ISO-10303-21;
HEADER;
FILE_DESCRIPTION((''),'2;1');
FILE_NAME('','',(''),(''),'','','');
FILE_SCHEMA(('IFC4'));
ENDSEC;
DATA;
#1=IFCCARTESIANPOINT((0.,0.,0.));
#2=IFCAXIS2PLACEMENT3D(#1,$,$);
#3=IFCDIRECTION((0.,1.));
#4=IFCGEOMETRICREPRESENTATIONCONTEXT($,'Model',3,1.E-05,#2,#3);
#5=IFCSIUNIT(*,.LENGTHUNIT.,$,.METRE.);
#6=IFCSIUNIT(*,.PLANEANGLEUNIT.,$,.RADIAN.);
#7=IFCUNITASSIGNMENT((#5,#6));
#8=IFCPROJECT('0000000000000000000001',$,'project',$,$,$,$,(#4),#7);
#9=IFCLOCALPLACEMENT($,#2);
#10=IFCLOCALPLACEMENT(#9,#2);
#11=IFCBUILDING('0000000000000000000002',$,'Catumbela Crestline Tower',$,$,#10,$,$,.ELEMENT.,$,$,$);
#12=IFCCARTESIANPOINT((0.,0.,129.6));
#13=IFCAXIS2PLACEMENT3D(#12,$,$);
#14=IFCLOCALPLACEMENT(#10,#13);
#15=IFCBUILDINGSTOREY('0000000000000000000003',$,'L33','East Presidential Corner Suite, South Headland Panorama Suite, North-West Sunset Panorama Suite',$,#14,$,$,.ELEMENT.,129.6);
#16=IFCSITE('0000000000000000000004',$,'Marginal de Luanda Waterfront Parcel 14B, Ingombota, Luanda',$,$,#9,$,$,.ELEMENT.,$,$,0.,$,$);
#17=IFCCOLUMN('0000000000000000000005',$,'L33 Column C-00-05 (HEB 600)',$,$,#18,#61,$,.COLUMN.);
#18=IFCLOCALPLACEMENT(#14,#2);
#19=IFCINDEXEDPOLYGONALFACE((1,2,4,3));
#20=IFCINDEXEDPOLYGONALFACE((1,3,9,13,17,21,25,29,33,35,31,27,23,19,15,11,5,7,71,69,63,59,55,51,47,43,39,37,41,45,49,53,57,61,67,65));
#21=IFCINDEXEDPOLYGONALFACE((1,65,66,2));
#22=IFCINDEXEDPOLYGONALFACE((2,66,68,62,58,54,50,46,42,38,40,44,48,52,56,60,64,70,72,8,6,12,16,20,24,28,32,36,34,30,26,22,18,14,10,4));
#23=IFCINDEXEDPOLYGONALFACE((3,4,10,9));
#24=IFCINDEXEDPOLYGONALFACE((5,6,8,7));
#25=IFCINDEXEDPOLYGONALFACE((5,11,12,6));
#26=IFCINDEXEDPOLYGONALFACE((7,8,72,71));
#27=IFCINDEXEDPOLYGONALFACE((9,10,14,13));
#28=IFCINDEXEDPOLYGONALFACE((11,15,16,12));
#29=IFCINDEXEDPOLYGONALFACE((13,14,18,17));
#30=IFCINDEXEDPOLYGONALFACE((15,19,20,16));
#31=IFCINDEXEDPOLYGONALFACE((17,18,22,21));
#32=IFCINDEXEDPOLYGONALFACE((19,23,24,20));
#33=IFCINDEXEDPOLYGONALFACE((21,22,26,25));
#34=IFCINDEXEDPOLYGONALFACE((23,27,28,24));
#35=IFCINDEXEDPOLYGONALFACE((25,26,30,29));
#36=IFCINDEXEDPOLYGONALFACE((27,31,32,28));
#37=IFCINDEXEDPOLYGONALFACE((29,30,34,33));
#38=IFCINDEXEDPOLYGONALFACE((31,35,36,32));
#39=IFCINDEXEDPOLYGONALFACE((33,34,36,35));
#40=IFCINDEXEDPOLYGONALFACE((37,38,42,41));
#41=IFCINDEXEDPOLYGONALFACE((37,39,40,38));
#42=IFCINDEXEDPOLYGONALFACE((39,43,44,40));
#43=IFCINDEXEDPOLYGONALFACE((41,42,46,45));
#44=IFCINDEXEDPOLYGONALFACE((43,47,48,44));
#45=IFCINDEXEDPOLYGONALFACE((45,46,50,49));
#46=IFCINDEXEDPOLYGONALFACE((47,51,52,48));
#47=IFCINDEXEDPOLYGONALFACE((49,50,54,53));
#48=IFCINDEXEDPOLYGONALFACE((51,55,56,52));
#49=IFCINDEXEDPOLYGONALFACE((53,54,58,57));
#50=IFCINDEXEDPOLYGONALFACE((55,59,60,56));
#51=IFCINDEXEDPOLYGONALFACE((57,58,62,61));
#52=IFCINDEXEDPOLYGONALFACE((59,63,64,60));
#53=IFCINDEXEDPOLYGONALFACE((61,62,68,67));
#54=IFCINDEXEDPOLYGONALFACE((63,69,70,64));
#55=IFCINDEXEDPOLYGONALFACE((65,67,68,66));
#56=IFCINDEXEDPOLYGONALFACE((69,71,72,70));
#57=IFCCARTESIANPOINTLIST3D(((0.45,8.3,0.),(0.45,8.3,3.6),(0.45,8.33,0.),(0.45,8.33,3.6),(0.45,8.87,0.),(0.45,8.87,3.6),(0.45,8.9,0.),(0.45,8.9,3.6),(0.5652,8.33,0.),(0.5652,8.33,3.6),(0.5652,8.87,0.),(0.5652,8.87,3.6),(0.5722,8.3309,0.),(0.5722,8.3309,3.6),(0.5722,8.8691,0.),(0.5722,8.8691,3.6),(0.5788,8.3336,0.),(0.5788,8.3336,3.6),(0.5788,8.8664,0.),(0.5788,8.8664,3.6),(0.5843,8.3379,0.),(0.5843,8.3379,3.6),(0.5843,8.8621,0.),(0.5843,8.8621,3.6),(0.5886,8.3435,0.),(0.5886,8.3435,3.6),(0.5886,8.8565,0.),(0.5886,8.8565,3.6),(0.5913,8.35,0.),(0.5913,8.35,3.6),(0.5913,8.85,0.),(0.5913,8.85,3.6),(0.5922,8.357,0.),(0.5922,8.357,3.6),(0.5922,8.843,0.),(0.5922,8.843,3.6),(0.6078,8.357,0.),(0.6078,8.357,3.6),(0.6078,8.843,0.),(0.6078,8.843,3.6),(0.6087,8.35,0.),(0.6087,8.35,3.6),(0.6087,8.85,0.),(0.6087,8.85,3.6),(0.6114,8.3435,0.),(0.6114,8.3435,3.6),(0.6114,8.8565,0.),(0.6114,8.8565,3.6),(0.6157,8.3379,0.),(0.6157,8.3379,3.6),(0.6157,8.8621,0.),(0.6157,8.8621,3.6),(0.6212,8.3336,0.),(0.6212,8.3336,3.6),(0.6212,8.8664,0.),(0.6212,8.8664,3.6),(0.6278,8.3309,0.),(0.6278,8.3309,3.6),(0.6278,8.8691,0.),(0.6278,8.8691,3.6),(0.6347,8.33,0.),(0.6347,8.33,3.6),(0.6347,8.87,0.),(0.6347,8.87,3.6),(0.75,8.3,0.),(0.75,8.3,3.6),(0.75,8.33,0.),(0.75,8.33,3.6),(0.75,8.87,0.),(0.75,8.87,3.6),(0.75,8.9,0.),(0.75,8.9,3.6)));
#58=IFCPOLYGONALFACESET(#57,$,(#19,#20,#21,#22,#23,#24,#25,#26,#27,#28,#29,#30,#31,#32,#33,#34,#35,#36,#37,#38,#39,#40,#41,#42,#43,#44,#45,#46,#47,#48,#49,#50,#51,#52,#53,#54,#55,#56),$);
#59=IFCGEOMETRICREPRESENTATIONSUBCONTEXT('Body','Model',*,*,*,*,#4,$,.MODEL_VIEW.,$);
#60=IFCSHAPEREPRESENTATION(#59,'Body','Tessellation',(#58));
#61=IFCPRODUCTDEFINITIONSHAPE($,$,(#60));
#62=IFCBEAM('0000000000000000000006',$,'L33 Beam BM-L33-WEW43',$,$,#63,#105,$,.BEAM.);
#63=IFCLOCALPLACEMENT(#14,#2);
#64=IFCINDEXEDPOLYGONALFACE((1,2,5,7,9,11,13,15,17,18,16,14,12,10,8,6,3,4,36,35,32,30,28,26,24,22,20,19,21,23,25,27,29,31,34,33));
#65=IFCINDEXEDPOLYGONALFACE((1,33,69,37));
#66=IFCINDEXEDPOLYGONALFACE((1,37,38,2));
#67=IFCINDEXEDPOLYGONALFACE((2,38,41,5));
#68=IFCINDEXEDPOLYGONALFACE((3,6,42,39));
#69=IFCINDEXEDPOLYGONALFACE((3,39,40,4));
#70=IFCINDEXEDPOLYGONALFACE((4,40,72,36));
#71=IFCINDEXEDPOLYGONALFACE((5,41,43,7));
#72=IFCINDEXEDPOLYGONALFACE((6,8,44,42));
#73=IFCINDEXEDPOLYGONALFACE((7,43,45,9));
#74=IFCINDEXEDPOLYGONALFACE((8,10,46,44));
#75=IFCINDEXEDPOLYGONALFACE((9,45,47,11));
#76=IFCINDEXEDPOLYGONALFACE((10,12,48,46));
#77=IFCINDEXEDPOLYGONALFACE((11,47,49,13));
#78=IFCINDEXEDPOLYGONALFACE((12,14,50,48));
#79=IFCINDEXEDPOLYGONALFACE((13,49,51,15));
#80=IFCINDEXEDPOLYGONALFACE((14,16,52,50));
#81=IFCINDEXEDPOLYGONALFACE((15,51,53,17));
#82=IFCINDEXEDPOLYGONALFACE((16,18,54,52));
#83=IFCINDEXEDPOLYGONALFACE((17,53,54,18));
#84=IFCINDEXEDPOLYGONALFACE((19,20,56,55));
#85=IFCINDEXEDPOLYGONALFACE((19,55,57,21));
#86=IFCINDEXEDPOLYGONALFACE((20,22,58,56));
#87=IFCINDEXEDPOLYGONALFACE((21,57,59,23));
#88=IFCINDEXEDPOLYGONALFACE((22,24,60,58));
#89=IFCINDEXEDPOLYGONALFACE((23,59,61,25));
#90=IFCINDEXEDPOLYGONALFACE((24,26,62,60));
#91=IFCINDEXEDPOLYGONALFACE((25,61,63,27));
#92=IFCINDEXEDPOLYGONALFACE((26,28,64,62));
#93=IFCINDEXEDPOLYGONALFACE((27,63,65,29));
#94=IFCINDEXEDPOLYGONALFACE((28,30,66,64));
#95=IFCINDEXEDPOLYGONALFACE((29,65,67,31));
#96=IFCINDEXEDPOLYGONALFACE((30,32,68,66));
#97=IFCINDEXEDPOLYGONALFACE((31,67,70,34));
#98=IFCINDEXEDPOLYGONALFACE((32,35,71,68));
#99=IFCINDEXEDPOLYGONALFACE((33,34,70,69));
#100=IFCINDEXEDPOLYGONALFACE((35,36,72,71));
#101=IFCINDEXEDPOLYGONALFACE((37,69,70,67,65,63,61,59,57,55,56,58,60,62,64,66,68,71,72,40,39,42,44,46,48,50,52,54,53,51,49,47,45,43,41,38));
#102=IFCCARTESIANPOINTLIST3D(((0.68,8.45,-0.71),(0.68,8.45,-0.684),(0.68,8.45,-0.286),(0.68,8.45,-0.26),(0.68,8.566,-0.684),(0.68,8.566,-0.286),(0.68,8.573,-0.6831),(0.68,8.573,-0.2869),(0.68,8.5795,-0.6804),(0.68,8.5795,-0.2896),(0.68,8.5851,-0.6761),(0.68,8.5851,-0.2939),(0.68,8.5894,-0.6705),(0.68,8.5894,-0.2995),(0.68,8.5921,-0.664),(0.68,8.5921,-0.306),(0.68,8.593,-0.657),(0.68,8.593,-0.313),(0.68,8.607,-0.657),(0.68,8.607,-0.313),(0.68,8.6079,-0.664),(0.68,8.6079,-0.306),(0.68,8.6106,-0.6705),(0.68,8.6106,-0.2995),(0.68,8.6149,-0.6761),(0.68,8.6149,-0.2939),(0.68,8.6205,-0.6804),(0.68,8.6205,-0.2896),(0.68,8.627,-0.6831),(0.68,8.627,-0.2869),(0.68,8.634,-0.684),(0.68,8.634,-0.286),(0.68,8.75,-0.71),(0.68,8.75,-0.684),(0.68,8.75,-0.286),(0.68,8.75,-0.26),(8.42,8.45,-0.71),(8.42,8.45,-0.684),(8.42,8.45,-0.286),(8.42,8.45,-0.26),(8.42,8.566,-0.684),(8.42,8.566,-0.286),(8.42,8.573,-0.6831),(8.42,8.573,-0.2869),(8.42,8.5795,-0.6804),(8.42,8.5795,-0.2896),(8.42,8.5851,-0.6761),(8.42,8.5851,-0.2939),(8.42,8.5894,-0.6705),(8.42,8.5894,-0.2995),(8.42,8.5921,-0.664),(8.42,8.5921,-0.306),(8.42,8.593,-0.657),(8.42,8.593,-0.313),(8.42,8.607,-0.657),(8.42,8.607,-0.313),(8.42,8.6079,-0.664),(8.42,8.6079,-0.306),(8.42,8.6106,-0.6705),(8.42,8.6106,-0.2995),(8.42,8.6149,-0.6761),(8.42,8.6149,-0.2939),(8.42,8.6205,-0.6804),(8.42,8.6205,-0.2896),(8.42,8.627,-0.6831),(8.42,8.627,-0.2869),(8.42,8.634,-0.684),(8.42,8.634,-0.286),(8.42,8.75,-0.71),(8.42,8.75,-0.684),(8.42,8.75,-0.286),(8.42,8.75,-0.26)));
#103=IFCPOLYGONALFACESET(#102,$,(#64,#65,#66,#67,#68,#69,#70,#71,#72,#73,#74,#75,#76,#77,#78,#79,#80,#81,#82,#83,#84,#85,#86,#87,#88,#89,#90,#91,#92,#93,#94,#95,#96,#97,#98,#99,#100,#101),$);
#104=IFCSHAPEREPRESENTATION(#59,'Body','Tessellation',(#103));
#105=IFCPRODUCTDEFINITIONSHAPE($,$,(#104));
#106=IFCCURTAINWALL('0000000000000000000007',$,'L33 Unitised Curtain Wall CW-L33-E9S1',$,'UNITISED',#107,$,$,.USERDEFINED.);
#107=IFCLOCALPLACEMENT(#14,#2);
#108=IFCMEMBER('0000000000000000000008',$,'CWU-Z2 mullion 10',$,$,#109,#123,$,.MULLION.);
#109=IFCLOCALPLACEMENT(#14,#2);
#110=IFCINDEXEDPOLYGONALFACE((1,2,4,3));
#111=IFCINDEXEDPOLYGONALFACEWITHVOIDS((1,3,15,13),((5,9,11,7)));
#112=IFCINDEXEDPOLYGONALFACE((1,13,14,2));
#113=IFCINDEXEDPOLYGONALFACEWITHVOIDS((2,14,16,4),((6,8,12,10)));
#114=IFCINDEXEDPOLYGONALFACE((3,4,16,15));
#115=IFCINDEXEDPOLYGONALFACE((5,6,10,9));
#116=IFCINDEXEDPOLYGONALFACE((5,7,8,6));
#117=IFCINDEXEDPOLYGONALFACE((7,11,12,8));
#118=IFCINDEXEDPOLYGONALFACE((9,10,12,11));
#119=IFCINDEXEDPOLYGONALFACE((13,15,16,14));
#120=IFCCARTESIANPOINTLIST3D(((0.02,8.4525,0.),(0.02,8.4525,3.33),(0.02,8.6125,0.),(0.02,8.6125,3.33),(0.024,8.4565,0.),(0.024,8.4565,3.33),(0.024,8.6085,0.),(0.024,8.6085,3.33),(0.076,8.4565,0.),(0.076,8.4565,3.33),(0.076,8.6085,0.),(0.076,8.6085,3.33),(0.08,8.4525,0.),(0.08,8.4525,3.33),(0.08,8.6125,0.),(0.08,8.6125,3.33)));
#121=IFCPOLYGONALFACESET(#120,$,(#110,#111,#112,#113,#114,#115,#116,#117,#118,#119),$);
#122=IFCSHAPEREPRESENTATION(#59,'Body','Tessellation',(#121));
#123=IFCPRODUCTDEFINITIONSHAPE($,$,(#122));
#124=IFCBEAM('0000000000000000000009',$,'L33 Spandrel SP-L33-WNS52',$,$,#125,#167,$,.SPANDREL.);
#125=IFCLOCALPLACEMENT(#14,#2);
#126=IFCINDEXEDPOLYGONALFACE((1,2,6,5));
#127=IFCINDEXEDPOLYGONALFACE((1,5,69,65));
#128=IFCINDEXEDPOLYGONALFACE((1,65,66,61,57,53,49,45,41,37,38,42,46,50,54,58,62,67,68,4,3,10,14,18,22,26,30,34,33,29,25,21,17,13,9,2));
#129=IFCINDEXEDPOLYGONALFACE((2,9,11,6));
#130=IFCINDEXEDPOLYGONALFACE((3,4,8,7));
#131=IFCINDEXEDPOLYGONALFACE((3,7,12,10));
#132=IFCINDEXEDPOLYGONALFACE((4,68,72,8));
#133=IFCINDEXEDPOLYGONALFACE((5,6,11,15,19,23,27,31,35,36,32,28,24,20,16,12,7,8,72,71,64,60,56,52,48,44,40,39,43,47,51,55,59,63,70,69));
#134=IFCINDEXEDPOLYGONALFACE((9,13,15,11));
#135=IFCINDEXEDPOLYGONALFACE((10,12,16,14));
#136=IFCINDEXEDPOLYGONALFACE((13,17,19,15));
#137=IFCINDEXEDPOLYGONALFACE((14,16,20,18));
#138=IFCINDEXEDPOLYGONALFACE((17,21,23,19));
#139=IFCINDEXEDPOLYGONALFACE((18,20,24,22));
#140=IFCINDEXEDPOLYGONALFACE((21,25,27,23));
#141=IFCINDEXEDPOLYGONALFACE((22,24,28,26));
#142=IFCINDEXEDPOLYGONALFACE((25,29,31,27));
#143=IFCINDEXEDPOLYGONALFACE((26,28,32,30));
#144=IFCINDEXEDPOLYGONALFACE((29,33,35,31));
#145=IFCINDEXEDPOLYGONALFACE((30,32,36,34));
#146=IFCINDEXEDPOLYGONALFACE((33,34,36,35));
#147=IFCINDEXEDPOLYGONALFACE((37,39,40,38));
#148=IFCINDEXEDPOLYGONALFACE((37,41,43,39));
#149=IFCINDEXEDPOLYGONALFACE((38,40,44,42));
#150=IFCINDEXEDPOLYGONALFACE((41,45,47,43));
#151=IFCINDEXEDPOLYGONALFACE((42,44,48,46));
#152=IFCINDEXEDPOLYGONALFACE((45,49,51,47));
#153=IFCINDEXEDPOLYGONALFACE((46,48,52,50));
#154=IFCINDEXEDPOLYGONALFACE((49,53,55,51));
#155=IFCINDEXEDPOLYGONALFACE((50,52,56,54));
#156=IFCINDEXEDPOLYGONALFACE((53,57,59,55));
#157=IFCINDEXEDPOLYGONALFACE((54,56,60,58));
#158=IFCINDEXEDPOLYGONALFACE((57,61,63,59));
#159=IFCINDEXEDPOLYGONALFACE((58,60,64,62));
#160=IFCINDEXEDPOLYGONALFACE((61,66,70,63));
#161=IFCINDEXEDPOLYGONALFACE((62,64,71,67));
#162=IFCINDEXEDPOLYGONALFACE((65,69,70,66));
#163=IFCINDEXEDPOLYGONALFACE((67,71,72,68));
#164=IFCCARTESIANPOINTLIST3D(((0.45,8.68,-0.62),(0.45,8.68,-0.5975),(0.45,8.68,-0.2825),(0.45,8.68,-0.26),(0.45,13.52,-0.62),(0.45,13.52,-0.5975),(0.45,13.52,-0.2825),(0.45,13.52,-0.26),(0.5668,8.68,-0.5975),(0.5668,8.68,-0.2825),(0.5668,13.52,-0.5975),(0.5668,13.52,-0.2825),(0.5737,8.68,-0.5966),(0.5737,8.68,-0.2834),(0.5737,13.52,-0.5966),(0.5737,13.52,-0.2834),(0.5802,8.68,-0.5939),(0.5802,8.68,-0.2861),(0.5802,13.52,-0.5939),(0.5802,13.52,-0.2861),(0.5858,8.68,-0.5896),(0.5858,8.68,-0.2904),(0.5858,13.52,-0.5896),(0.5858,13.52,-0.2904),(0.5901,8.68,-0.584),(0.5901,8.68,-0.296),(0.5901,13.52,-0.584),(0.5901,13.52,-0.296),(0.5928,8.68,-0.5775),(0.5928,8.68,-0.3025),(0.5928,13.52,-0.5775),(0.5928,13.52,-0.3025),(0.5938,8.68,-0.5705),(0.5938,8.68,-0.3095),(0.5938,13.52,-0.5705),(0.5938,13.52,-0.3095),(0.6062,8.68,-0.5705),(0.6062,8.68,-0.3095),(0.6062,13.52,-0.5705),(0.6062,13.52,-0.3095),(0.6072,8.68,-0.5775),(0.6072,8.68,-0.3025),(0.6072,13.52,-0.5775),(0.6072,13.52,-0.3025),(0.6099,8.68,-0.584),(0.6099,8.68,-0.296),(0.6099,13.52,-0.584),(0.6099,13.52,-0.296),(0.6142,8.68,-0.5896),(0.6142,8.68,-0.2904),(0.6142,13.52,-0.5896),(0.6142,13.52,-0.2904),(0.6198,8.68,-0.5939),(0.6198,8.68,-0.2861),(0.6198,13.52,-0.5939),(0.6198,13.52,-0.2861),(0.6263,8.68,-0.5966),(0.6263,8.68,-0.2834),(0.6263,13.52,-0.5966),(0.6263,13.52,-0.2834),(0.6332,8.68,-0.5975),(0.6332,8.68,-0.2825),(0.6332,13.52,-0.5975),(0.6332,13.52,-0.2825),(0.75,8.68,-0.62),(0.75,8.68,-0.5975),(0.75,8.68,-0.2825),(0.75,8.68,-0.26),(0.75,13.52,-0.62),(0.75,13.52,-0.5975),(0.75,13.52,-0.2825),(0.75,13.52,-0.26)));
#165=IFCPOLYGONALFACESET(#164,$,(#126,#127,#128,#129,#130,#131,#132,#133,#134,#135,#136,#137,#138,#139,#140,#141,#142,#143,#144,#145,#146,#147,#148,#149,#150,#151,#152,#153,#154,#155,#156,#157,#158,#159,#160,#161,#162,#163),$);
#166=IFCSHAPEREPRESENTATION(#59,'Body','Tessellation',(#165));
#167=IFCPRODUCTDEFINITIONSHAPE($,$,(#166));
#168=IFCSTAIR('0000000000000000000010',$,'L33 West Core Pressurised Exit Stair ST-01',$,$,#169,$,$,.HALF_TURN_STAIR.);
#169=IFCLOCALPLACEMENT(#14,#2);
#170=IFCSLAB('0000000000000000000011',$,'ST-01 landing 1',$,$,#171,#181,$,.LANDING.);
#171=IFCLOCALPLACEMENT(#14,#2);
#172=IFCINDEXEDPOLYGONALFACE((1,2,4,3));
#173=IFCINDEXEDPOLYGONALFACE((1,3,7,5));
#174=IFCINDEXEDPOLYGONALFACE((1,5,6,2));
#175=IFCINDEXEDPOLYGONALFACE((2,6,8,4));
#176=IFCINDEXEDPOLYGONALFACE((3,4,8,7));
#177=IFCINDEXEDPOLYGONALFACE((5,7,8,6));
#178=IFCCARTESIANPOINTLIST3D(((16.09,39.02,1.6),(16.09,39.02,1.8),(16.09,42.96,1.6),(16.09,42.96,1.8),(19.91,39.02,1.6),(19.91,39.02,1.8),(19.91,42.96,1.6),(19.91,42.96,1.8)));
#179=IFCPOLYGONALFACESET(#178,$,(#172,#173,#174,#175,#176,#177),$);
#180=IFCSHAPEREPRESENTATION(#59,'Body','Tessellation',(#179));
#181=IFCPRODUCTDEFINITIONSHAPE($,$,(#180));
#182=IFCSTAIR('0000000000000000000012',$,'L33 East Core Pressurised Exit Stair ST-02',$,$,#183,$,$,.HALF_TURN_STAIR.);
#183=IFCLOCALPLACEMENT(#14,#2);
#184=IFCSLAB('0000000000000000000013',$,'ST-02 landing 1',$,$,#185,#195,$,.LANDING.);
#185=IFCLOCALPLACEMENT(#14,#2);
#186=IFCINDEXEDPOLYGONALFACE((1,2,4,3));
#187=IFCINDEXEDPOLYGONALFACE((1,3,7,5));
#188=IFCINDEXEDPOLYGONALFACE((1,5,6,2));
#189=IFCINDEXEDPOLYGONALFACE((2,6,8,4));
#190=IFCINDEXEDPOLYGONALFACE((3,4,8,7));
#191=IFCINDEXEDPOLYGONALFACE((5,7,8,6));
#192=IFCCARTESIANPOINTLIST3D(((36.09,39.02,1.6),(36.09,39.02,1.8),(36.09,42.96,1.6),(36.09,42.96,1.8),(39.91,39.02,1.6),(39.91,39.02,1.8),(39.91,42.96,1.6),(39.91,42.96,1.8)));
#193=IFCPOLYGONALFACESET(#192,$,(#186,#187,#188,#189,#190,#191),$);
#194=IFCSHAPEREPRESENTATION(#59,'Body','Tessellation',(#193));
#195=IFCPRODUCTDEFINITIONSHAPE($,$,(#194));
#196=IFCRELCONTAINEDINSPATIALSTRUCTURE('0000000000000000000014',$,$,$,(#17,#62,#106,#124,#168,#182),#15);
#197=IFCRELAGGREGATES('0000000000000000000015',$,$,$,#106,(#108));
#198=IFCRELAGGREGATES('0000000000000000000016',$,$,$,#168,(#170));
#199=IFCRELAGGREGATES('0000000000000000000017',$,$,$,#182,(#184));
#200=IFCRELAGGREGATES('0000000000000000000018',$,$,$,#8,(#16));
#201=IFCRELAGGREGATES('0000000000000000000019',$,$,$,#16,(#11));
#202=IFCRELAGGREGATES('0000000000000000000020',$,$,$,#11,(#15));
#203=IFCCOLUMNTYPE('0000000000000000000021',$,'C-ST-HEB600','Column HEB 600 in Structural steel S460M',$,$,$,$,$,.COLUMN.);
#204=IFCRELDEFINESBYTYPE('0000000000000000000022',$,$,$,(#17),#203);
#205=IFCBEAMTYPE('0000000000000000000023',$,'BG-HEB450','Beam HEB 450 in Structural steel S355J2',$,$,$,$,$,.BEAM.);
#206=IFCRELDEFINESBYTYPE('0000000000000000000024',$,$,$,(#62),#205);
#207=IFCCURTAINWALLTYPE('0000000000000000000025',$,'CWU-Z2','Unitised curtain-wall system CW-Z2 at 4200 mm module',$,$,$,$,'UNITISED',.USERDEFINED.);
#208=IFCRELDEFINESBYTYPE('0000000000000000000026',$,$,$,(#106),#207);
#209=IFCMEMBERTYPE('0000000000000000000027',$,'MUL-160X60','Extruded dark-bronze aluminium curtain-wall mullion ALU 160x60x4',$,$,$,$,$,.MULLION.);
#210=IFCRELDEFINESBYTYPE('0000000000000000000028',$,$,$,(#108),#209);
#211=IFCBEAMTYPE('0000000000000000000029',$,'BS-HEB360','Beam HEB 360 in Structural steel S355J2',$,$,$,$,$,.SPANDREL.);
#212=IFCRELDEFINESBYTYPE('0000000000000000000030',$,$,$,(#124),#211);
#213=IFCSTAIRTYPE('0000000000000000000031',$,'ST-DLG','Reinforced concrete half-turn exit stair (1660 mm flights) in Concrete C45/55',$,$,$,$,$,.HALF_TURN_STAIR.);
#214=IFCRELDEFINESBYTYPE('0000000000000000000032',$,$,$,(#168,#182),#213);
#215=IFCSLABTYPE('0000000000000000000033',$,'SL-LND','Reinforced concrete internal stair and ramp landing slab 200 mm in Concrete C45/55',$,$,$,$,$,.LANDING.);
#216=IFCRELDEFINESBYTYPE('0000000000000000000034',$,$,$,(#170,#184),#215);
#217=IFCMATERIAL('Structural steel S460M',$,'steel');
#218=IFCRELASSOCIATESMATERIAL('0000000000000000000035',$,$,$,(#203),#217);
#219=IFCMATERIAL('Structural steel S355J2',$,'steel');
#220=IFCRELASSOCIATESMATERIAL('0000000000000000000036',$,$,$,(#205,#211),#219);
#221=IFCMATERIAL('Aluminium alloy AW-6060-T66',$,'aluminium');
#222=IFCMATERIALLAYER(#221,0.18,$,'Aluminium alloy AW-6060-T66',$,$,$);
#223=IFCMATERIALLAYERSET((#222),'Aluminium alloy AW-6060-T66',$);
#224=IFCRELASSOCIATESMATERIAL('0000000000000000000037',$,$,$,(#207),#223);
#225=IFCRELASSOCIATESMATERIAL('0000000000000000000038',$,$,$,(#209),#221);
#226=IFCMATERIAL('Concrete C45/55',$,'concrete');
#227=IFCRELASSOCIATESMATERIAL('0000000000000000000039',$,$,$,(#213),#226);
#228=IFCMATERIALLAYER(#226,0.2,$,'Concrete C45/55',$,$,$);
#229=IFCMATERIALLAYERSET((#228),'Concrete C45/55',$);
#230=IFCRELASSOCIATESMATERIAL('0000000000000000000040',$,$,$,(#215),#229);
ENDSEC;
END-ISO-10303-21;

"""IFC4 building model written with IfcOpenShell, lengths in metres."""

from ifc_helpers import new_model, si_unit, direction, frame, origin, origin_2d, place, context, subcontext, project, spatial, polyline, hollow_rectangle, i_section, outline, extrude, material, layer, layer_set, material_profile, profile_set, type_object, element, aggregate, save


model = new_model("IFC4")

# Units and contexts
model_context = context("Model", 3, precision=1e-05, world=origin(), true_north=direction((0.0, 1.0)))
body_context = subcontext(model_context, "Body", "Model", "MODEL_VIEW")
ifc_project = project(units=[si_unit("LENGTHUNIT", "METRE"), si_unit("PLANEANGLEUNIT", "RADIAN")], contexts=[model_context])

# Site, building, storey
site_placement = place(None, origin())
site = spatial("IfcSite", under=ifc_project, at=site_placement, Name="Marginal de Luanda Waterfront Parcel 14B, Ingombota, Luanda", CompositionType="ELEMENT", RefElevation=0.0)
building_placement = place(site_placement, origin())
building = spatial("IfcBuilding", under=site, at=building_placement, Name="Catumbela Crestline Tower", CompositionType="ELEMENT")
storey_placement = place(building_placement, frame((0.0, 0.0, 129.6)))
storey = spatial("IfcBuildingStorey", under=building, at=storey_placement, Name="L33", Description="East Presidential Corner Suite, South Headland Panorama Suite, North-West Sunset Panorama Suite", CompositionType="ELEMENT", Elevation=129.6)

# Column
ifc_material_1 = material(Name="Structural steel S460M", Category="steel")
ifc_material_profile_1 = material_profile(ifc_material_1, i_section(OverallWidth=0.3, OverallDepth=0.6, WebThickness=0.0155, FlangeThickness=0.03, FilletRadius=0.027, at=origin_2d()), Name="HEB 600")
ifc_profile_set_1 = profile_set([ifc_material_profile_1], Name="Structural steel S460M")
column_type = type_object("IfcColumnType", Name="C-ST-HEB600", Description="Column HEB 600 in Structural steel S460M", PredefinedType="COLUMN", material=ifc_profile_set_1)
column_placement = place(storey_placement, frame((0.6, 8.6, 0.0), z_axis=(0.0, 0.0, 1.0), x_axis=(1.0, 0.0, 0.0)))
element("IfcColumn", 1, at=column_placement, inside=storey, type_object=column_type, Name="L33 Column C-00-05 (HEB 600)", PredefinedType="COLUMN", context=body_context, shape_type="SweptSolid", body=[
    extrude(i_section(OverallWidth=0.3, OverallDepth=0.6, WebThickness=0.0155, FlangeThickness=0.03, FilletRadius=0.027, at=origin_2d()), origin(), (0.0, 0.0, 1.0), 3.6),
])

# Beam
ifc_material_2 = material(Name="Structural steel S355J2", Category="steel")
ifc_material_profile_2 = material_profile(ifc_material_2, i_section(OverallWidth=0.3, OverallDepth=0.45, WebThickness=0.014, FlangeThickness=0.026, FilletRadius=0.027, at=origin_2d()), Name="HEB 450")
ifc_profile_set_2 = profile_set([ifc_material_profile_2], Name="Structural steel S355J2")
beam_type_1 = type_object("IfcBeamType", Name="BG-HEB450", Description="Beam HEB 450 in Structural steel S355J2", PredefinedType="BEAM", material=ifc_profile_set_2)
beam_1_placement = place(storey_placement, frame((0.68, 8.6, -0.485), z_axis=(1.0, 0.0, 0.0), x_axis=(0.0, 1.0, 0.0)))
element("IfcBeam", 2, at=beam_1_placement, inside=storey, type_object=beam_type_1, Name="L33 Beam BM-L33-WEW43", PredefinedType="BEAM", context=body_context, shape_type="SweptSolid", body=[
    extrude(i_section(OverallWidth=0.3, OverallDepth=0.45, WebThickness=0.014, FlangeThickness=0.026, FilletRadius=0.027, at=origin_2d()), origin(), (0.0, 0.0, 1.0), 7.74),
])

# Curtain wall, member
ifc_material_3 = material(Name="Aluminium alloy AW-6060-T66", Category="aluminium")
ifc_layer_1 = layer(ifc_material_3, 0.18, Name="Aluminium alloy AW-6060-T66")
ifc_layer_set_1 = layer_set([ifc_layer_1], Name="Aluminium alloy AW-6060-T66")
curtain_wall_type = type_object("IfcCurtainWallType", Name="CWU-Z2", Description="Unitised curtain-wall system CW-Z2 at 4200 mm module", ElementType="UNITISED", PredefinedType="USERDEFINED", material=ifc_layer_set_1)
curtain_wall_placement = place(storey_placement, origin())
curtain_wall = element("IfcCurtainWall", 3, at=curtain_wall_placement, inside=storey, type_object=curtain_wall_type, Name="L33 Unitised Curtain Wall CW-L33-E9S1", ObjectType="UNITISED", PredefinedType="USERDEFINED")
ifc_material_profile_3 = material_profile(ifc_material_3, hollow_rectangle(XDim=0.06, YDim=0.16, WallThickness=0.004, at=origin_2d()), Name="ALU 160x60x4")
ifc_profile_set_3 = profile_set([ifc_material_profile_3], Name="Aluminium alloy AW-6060-T66")
member_type = type_object("IfcMemberType", Name="MUL-160X60", Description="Extruded dark-bronze aluminium curtain-wall mullion ALU 160x60x4", PredefinedType="MULLION", material=ifc_profile_set_3)
member_placement = place(storey_placement, frame((0.05, 8.5325, 0.0), z_axis=(0.0, 0.0, 1.0), x_axis=(1.0, 0.0, 0.0)))
member = element("IfcMember", 4, at=member_placement, type_object=member_type, Name="CWU-Z2 mullion 10", PredefinedType="MULLION", context=body_context, shape_type="SweptSolid", body=[
    extrude(hollow_rectangle(XDim=0.06, YDim=0.16, WallThickness=0.004, at=origin_2d()), origin(), (0.0, 0.0, 1.0), 3.33),
])
aggregate(curtain_wall, [member])

# Beam
ifc_material_profile_4 = material_profile(ifc_material_2, i_section(OverallWidth=0.3, OverallDepth=0.36, WebThickness=0.0125, FlangeThickness=0.0225, FilletRadius=0.027, at=origin_2d()), Name="HEB 360")
ifc_profile_set_4 = profile_set([ifc_material_profile_4], Name="Structural steel S355J2")
beam_type_2 = type_object("IfcBeamType", Name="BS-HEB360", Description="Beam HEB 360 in Structural steel S355J2", PredefinedType="SPANDREL", material=ifc_profile_set_4)
beam_2_placement = place(storey_placement, frame((0.6, 8.68, -0.44), z_axis=(0.0, 1.0, 0.0), x_axis=(-1.0, 0.0, 0.0)))
element("IfcBeam", 5, at=beam_2_placement, inside=storey, type_object=beam_type_2, Name="L33 Spandrel SP-L33-WNS52", PredefinedType="SPANDREL", context=body_context, shape_type="SweptSolid", body=[
    extrude(i_section(OverallWidth=0.3, OverallDepth=0.36, WebThickness=0.0125, FlangeThickness=0.0225, FilletRadius=0.027, at=origin_2d()), origin(), (0.0, 0.0, 1.0), 4.84),
])

# Stairs, slabs
ifc_material_4 = material(Name="Concrete C45/55", Category="concrete")
stair_type = type_object("IfcStairType", Name="ST-DLG", Description="Reinforced concrete half-turn exit stair (1660 mm flights) in Concrete C45/55", PredefinedType="HALF_TURN_STAIR", material=ifc_material_4)
stair_1_placement = place(storey_placement, origin())
stair_1 = element("IfcStair", 6, at=stair_1_placement, inside=storey, type_object=stair_type, Name="L33 West Core Pressurised Exit Stair ST-01", PredefinedType="HALF_TURN_STAIR")
ifc_layer_2 = layer(ifc_material_4, 0.2, Name="Concrete C45/55")
ifc_layer_set_2 = layer_set([ifc_layer_2], Name="Concrete C45/55")
slab_type_1 = type_object("IfcSlabType", Name="SL-LND", Description="Reinforced concrete internal stair and ramp landing slab 200 mm in Concrete C45/55", PredefinedType="LANDING", material=ifc_layer_set_2)
slab_1_placement = place(storey_placement, frame((0.0, 0.0, 1.6)))
slab_1 = element("IfcSlab", 7, at=slab_1_placement, type_object=slab_type_1, Name="ST-01 landing 1", PredefinedType="LANDING", context=body_context, shape_type="SweptSolid", body=[
    extrude(outline(polyline([(19.91, 39.02), (19.91, 42.96), (16.09, 42.96), (16.09, 39.02), (19.91, 39.02)])), origin(), (0.0, 0.0, 1.0), 0.2),
])
aggregate(stair_1, [slab_1])
stair_2_placement = place(storey_placement, origin())
stair_2 = element("IfcStair", 8, at=stair_2_placement, inside=storey, type_object=stair_type, Name="L33 East Core Pressurised Exit Stair ST-02", PredefinedType="HALF_TURN_STAIR")
slab_2_placement = place(storey_placement, frame((0.0, 0.0, 1.6)))
slab_2 = element("IfcSlab", 9, at=slab_2_placement, type_object=slab_type_1, Name="ST-02 landing 1", PredefinedType="LANDING", context=body_context, shape_type="SweptSolid", body=[
    extrude(outline(polyline([(39.91, 39.02), (39.91, 42.96), (36.09, 42.96), (36.09, 39.02), (39.91, 39.02)])), origin(), (0.0, 0.0, 1.0), 0.2),
])
aggregate(stair_2, [slab_2])

save(model, "model.ifc")
